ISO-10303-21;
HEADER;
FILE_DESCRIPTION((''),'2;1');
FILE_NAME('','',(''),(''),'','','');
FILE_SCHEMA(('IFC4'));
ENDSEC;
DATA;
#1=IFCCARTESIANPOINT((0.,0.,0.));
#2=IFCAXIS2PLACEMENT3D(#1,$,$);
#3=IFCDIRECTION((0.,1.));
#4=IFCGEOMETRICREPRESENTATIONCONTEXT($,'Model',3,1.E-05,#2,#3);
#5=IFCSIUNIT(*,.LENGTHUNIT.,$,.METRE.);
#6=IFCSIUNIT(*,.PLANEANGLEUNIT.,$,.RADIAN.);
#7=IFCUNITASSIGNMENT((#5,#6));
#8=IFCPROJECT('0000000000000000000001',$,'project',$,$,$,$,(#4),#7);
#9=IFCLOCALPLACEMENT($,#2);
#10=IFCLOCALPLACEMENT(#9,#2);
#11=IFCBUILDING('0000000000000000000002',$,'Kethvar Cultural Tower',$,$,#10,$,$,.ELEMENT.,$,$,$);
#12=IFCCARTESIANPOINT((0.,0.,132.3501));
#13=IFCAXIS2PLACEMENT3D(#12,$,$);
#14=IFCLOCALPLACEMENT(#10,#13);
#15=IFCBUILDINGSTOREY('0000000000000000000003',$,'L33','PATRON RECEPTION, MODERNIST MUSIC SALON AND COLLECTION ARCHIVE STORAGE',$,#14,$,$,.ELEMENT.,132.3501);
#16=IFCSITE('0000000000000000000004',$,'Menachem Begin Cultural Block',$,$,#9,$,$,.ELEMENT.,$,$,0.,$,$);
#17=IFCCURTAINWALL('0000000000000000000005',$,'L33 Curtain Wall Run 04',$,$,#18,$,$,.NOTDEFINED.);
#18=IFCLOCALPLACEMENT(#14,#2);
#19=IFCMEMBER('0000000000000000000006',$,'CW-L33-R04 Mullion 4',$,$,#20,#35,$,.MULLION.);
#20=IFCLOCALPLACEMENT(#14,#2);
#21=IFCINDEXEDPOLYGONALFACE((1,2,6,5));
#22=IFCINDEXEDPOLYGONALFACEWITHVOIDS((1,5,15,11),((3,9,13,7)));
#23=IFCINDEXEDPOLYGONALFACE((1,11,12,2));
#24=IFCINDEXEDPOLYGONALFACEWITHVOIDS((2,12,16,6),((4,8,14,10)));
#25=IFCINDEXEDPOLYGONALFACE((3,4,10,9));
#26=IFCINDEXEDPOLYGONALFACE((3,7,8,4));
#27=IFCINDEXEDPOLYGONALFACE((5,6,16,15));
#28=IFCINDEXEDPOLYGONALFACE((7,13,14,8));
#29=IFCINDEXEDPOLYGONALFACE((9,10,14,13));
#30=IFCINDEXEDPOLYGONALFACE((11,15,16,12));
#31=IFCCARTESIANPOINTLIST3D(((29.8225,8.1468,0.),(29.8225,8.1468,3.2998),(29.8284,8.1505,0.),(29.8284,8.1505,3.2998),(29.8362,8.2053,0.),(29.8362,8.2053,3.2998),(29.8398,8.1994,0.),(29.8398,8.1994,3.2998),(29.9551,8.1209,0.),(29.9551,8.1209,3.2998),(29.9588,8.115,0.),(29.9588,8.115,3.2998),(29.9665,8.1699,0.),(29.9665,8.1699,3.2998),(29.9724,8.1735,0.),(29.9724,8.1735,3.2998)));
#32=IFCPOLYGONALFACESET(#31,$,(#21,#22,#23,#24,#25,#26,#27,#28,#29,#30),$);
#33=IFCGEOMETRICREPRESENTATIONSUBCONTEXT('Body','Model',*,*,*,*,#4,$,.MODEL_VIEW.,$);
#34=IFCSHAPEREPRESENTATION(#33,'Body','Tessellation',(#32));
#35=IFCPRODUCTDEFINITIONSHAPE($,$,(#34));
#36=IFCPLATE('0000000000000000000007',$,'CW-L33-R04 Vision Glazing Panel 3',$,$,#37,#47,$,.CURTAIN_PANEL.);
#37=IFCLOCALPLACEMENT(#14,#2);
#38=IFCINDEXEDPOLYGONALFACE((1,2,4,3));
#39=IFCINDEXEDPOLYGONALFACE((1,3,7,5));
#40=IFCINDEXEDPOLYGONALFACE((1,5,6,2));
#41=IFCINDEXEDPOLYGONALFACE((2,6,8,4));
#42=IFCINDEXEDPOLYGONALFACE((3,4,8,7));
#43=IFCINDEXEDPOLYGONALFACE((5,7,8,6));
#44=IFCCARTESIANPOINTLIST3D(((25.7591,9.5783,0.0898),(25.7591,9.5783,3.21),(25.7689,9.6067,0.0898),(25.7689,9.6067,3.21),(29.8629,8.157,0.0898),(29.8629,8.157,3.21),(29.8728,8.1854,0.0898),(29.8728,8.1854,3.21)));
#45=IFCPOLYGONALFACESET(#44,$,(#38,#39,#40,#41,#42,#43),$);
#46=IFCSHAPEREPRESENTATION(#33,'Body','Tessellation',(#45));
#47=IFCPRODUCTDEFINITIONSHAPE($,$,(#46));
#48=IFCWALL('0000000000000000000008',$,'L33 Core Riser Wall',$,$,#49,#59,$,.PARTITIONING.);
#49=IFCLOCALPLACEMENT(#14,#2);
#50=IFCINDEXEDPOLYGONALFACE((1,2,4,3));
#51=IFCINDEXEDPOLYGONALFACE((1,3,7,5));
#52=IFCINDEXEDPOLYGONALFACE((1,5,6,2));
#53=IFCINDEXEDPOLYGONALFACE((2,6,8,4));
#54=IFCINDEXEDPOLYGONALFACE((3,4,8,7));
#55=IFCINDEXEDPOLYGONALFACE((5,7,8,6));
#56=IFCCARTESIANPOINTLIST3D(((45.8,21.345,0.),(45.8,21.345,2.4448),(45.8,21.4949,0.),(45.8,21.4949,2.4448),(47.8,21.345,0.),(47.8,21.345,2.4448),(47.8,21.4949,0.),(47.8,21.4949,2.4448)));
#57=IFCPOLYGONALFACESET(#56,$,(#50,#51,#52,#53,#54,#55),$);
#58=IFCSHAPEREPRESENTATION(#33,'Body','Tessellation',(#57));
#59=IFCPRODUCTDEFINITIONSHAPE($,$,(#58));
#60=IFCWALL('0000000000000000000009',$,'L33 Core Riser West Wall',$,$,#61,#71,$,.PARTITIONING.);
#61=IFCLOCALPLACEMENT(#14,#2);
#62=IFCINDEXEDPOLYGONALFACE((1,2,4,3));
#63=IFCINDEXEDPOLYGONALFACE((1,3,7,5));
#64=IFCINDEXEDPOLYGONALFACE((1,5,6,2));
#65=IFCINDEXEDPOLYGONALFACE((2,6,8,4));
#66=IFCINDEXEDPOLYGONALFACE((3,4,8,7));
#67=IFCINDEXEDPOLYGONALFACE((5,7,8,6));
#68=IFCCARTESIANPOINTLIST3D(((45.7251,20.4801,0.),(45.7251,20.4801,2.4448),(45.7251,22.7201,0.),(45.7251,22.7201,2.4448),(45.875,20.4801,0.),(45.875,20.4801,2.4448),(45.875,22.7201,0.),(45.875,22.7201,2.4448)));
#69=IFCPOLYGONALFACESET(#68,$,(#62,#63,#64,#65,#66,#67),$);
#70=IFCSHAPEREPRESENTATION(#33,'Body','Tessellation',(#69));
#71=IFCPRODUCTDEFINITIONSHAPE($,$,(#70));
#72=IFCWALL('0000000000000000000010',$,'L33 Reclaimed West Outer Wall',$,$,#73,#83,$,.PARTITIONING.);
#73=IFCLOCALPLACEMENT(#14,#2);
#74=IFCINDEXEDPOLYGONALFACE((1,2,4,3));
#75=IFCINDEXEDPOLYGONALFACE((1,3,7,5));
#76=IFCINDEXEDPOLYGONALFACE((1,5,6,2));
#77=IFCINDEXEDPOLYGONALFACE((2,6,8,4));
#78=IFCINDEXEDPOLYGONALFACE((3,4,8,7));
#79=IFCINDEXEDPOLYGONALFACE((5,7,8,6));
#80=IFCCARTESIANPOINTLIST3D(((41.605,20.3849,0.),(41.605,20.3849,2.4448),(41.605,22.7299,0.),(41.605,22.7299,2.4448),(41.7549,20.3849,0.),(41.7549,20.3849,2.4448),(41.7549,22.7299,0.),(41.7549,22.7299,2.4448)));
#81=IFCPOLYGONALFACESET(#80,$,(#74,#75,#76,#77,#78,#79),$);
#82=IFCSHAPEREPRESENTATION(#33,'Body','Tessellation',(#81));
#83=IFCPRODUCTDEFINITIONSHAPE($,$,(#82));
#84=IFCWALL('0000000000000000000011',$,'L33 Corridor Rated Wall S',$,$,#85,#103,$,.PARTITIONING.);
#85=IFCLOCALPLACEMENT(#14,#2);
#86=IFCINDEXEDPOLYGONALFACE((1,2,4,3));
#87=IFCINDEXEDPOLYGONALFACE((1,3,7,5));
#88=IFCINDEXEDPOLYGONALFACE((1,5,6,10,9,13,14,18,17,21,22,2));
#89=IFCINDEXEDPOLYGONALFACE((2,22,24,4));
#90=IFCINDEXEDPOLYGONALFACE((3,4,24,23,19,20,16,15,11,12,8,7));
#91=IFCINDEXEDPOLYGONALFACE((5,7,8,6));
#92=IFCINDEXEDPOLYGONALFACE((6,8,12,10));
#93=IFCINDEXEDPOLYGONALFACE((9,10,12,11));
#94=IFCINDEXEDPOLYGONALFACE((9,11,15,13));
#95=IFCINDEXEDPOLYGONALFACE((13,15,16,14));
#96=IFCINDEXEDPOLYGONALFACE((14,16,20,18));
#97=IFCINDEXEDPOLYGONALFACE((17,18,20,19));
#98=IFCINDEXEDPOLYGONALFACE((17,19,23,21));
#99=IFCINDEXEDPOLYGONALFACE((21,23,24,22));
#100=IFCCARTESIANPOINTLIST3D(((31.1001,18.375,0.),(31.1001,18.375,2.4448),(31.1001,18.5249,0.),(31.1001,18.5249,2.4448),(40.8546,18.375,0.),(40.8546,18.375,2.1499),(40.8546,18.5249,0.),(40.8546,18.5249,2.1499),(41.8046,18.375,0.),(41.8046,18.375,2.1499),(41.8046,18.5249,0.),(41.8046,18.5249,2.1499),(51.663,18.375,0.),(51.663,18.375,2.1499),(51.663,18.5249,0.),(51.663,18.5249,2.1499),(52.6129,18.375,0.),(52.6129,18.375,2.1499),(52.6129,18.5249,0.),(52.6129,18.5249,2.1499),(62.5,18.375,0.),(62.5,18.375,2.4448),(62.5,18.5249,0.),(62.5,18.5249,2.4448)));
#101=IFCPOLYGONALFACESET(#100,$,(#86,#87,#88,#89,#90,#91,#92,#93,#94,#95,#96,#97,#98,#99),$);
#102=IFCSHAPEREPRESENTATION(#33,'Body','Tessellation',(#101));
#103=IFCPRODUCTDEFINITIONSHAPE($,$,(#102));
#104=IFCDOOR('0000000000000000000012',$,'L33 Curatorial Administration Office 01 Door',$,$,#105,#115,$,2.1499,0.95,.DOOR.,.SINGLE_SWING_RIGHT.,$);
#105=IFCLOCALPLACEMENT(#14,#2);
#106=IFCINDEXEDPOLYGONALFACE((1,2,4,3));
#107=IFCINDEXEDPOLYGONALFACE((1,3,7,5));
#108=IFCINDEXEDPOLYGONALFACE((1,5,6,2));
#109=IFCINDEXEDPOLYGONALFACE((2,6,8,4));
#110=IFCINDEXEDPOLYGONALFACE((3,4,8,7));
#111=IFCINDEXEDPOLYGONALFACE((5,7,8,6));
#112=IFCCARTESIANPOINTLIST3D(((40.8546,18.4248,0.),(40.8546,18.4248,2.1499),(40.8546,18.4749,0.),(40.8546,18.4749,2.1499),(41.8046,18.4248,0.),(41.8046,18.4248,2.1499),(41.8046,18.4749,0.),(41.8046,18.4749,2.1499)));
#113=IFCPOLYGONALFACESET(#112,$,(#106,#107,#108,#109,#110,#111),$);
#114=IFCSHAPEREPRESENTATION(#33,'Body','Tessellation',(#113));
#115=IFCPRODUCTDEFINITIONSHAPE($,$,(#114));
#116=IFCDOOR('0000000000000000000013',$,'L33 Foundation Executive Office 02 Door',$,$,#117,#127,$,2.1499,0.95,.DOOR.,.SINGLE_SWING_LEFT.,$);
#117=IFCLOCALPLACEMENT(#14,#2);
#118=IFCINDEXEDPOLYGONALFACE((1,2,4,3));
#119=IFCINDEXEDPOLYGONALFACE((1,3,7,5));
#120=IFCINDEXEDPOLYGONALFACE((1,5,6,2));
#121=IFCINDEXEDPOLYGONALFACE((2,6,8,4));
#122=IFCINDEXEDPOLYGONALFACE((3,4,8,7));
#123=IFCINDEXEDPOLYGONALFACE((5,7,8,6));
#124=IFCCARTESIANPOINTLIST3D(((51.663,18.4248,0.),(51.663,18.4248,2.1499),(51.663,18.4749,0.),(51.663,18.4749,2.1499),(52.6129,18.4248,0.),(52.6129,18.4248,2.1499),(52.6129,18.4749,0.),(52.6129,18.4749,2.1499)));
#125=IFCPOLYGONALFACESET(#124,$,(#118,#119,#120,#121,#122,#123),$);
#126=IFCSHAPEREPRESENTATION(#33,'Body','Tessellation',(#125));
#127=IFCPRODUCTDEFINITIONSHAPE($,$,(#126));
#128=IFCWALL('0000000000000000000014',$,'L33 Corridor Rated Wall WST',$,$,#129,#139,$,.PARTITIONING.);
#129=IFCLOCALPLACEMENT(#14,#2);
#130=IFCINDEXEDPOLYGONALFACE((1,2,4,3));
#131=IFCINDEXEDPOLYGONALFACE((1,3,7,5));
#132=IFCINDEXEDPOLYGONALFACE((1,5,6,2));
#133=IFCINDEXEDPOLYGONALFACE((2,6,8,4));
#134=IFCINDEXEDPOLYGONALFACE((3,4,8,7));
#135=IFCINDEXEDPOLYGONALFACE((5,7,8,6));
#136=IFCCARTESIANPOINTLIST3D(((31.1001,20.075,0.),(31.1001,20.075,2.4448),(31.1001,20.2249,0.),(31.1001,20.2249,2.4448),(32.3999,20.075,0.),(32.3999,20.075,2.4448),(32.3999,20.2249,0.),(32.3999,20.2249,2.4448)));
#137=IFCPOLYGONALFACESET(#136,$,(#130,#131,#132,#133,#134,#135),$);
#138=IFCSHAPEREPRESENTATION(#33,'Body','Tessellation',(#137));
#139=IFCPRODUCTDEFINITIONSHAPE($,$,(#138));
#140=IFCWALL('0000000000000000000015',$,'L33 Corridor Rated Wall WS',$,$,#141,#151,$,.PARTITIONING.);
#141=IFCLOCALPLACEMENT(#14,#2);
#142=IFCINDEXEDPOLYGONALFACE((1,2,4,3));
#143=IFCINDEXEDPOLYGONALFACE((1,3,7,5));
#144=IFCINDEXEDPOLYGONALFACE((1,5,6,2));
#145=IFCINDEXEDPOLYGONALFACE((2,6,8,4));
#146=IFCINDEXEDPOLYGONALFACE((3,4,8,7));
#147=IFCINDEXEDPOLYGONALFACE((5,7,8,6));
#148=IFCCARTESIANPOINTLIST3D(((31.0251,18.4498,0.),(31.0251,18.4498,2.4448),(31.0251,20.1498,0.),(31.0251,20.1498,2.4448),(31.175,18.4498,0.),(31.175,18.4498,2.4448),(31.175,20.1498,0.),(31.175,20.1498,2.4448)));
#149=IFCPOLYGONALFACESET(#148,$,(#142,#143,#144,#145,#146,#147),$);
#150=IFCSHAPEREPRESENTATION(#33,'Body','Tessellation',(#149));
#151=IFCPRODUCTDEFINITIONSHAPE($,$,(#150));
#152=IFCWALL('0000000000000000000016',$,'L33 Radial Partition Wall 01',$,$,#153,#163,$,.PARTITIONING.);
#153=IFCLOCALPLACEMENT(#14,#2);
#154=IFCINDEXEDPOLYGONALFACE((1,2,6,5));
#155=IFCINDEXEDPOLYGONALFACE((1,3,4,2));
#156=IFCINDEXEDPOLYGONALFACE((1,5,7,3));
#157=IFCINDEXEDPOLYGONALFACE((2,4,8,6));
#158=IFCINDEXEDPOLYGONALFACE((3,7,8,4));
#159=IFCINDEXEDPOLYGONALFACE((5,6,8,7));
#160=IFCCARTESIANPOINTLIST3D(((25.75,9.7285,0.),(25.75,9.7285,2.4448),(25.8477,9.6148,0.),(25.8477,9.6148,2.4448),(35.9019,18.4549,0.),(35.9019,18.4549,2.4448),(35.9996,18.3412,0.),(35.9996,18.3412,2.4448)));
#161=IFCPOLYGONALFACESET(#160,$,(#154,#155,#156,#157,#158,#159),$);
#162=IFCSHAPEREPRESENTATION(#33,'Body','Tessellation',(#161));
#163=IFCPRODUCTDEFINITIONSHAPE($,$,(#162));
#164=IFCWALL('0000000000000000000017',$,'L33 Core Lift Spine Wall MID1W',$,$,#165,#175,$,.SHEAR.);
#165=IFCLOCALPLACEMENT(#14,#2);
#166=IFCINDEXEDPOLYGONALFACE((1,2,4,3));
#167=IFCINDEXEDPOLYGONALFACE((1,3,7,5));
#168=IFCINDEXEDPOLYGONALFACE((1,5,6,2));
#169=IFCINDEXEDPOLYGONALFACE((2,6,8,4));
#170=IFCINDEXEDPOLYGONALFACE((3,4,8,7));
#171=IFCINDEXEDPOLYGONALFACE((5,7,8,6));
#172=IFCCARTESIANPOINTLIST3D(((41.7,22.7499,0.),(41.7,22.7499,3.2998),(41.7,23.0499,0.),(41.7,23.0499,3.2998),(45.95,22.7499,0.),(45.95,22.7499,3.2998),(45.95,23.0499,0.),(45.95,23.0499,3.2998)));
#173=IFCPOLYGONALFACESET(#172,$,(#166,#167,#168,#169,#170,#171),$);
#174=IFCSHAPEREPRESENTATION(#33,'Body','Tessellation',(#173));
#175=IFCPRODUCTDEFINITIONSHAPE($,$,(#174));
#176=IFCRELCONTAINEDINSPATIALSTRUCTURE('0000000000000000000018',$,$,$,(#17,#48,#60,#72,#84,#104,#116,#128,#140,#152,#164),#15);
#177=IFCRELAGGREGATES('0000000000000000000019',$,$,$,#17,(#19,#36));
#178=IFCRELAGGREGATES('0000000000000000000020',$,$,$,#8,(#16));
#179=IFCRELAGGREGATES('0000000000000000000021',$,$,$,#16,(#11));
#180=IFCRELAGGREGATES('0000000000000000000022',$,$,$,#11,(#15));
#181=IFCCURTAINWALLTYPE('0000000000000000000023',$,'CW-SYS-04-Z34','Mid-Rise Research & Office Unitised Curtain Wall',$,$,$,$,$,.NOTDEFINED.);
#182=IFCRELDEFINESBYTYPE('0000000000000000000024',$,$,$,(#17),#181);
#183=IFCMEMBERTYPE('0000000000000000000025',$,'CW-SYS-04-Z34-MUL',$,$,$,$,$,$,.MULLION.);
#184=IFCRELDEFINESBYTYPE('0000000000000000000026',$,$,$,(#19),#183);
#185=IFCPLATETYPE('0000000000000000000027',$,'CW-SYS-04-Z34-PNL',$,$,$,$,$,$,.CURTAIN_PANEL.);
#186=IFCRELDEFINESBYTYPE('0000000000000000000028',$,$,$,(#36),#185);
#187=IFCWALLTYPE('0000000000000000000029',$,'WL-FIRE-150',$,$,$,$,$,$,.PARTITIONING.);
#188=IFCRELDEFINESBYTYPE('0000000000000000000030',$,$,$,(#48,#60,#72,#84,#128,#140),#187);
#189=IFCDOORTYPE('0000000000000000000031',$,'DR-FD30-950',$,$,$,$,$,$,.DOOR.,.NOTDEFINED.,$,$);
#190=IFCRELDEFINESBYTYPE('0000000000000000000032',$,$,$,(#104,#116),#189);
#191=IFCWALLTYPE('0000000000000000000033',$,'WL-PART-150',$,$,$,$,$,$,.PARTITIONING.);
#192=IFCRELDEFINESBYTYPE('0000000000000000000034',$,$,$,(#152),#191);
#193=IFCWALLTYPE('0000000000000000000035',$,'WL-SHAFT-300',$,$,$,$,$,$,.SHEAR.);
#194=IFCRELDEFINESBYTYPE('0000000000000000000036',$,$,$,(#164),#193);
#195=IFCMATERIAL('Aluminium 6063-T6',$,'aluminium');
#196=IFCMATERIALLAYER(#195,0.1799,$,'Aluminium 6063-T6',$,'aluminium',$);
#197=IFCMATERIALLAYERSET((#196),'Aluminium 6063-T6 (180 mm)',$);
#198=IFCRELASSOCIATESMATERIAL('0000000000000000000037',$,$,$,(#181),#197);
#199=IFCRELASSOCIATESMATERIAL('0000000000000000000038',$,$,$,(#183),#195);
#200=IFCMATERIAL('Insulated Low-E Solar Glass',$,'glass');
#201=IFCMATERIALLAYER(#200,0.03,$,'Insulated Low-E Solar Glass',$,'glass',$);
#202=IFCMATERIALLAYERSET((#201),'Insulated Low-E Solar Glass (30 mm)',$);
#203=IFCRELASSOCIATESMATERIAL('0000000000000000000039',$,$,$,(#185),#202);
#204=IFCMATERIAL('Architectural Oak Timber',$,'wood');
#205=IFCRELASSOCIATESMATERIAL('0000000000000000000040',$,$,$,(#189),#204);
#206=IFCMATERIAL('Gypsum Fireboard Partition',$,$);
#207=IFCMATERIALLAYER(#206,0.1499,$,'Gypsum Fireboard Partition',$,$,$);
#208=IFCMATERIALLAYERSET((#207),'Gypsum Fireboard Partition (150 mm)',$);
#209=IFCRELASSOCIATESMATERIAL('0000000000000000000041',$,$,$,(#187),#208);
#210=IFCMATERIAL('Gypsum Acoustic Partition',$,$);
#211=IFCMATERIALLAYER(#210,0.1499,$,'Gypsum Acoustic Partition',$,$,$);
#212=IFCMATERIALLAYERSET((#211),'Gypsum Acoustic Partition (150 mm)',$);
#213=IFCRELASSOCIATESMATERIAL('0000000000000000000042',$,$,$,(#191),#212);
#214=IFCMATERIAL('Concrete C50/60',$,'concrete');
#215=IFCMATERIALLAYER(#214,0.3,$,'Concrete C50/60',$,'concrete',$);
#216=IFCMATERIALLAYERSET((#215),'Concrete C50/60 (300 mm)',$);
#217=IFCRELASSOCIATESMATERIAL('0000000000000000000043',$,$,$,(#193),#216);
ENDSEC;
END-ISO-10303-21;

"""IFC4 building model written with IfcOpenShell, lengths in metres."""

from ifc_helpers import new_model, si_unit, direction, frame, frame_2d, origin, origin_2d, place, context, subcontext, project, spatial, rectangle, hollow_rectangle, extrude, source, transform, mapped, material, layer, layer_set, material_profile, profile_set, type_object, element, fill, aggregate, save


model = new_model("IFC4")

# Units and contexts
model_context = context("Model", 3, precision=1e-05, world=origin(), true_north=direction((0.0, 1.0)))
body_context = subcontext(model_context, "Body", "Model", "MODEL_VIEW")
ifc_project = project(units=[si_unit("LENGTHUNIT", "METRE"), si_unit("PLANEANGLEUNIT", "RADIAN")], contexts=[model_context])

# Site, building, storey
site_placement = place(None, origin())
site = spatial("IfcSite", under=ifc_project, at=site_placement, Name="Menachem Begin Cultural Block", CompositionType="ELEMENT", RefElevation=0.0)
building_placement = place(site_placement, origin())
building = spatial("IfcBuilding", under=site, at=building_placement, Name="Kethvar Cultural Tower", CompositionType="ELEMENT")
storey_placement = place(building_placement, frame((0.0, 0.0, 132.3501)))
storey = spatial("IfcBuildingStorey", under=building, at=storey_placement, Name="L33", Description="PATRON RECEPTION, MODERNIST MUSIC SALON AND COLLECTION ARCHIVE STORAGE", CompositionType="ELEMENT", Elevation=132.3501)

# Curtain wall, member, plate
ifc_material_1 = material(Name="Aluminium 6063-T6", Category="aluminium")
ifc_layer_1 = layer(ifc_material_1, 0.1799, Name="Aluminium 6063-T6", Category="aluminium")
ifc_layer_set_1 = layer_set([ifc_layer_1], Name="Aluminium 6063-T6 (180 mm)")
curtain_wall_type = type_object("IfcCurtainWallType", Name="CW-SYS-04-Z34", Description="Mid-Rise Research & Office Unitised Curtain Wall", PredefinedType="NOTDEFINED", material=ifc_layer_set_1)
curtain_wall_placement = place(storey_placement, origin())
curtain_wall = element("IfcCurtainWall", 1, at=curtain_wall_placement, inside=storey, type_object=curtain_wall_type, Name="L33 Curtain Wall Run 04", PredefinedType="NOTDEFINED")
ifc_material_profile_1 = material_profile(ifc_material_1, hollow_rectangle(XDim=0.0601, YDim=0.1399, WallThickness=0.0049, at=origin_2d()), Name="Aluminium 6063-T6 — RHS140x60x5")
ifc_profile_set_1 = profile_set([ifc_material_profile_1], Name="Aluminium 6063-T6 — RHS140x60x5")
member_type = type_object("IfcMemberType", Name="CW-SYS-04-Z34-MUL", PredefinedType="MULLION", material=ifc_profile_set_1)
shared_shape_1 = source(origin(), body_context, "Body", "SweptSolid", [
    extrude(hollow_rectangle(XDim=0.0601, YDim=0.1399, WallThickness=0.0049, at=origin_2d()), origin(), (0.0, 0.0, 1.0), 3.2998),
])
member_placement = place(storey_placement, frame((29.8975, 8.1602, 0.0), z_axis=(0.0, 0.0, 1.0), x_axis=(0.227212, 0.973845, 0.0)))
member = element("IfcMember", 2, at=member_placement, type_object=member_type, Name="CW-L33-R04 Mullion 4", PredefinedType="MULLION", context=body_context, shape_type="MappedRepresentation", body=[
    mapped(shared_shape_1, transform((0.0, 0.0, 0.0), scale=1.0)),
])
ifc_material_2 = material(Name="Insulated Low-E Solar Glass", Category="glass")
ifc_layer_2 = layer(ifc_material_2, 0.03, Name="Insulated Low-E Solar Glass", Category="glass")
ifc_layer_set_2 = layer_set([ifc_layer_2], Name="Insulated Low-E Solar Glass (30 mm)")
plate_type = type_object("IfcPlateType", Name="CW-SYS-04-Z34-PNL", PredefinedType="CURTAIN_PANEL", material=ifc_layer_set_2)
shared_shape_2 = source(origin(), body_context, "Body", "SweptSolid", [
    extrude(rectangle(XDim=4.343, YDim=0.03, at=origin_2d()), origin(), (0.0, 0.0, 1.0), 3.1201),
])
plate_placement = place(storey_placement, frame((27.8159, 8.8818, 0.0898), z_axis=(0.0, 0.0, 1.0), x_axis=(0.944937, -0.327251, 0.0)))
plate = element("IfcPlate", 3, at=plate_placement, type_object=plate_type, Name="CW-L33-R04 Vision Glazing Panel 3", PredefinedType="CURTAIN_PANEL", context=body_context, shape_type="MappedRepresentation", body=[
    mapped(shared_shape_2, transform((0.0, 0.0, 0.0), scale=1.0)),
])
aggregate(curtain_wall, [member, plate])

# Shared definitions
ifc_material_3 = material(Name="Architectural Oak Timber", Category="wood")
door_type_1 = type_object("IfcDoorType", Name="DR-FD30-950", OperationType="NOTDEFINED", PredefinedType="DOOR", material=ifc_material_3)
shared_shape_3 = source(origin(), body_context, "Body", "SweptSolid", [
    extrude(rectangle(XDim=0.95, YDim=2.1499, at=frame_2d((0.4751, 1.075))), frame((0.0, 0.0249, 0.0), z_axis=(0.0, -1.0, 0.0), x_axis=(1.0, 0.0, 0.0)), (0.0, 0.0, 1.0), 0.05),
])

# Walls
ifc_material_4 = material(Name="Gypsum Fireboard Partition")
ifc_layer_3 = layer(ifc_material_4, 0.1499, Name="Gypsum Fireboard Partition")
ifc_layer_set_3 = layer_set([ifc_layer_3], Name="Gypsum Fireboard Partition (150 mm)")
wall_type_1 = type_object("IfcWallType", Name="WL-FIRE-150", PredefinedType="PARTITIONING", material=ifc_layer_set_3)
wall_1_placement = place(storey_placement, frame((45.8, 21.4199, 0.0), z_axis=(0.0, 0.0, 1.0), x_axis=(1.0, 0.0, 0.0)))
element("IfcWall", 4, at=wall_1_placement, inside=storey, type_object=wall_type_1, Name="L33 Core Riser Wall", PredefinedType="PARTITIONING", context=body_context, shape_type="SweptSolid", body=[
    extrude(rectangle(XDim=2.0, YDim=0.1499, at=frame_2d((1.0, 0.0))), origin(), (0.0, 0.0, 1.0), 2.4448),
])
wall_2_placement = place(storey_placement, frame((45.8, 20.48, 0.0), z_axis=(0.0, 0.0, 1.0), x_axis=(0.0, 1.0, 0.0)))
element("IfcWall", 5, at=wall_2_placement, inside=storey, type_object=wall_type_1, Name="L33 Core Riser West Wall", PredefinedType="PARTITIONING", context=body_context, shape_type="SweptSolid", body=[
    extrude(rectangle(XDim=2.24, YDim=0.1499, at=frame_2d((1.1201, 0.0))), origin(), (0.0, 0.0, 1.0), 2.4448),
])
wall_3_placement = place(storey_placement, frame((41.6799, 20.385, 0.0), z_axis=(0.0, 0.0, 1.0), x_axis=(0.0, 1.0, 0.0)))
element("IfcWall", 6, at=wall_3_placement, inside=storey, type_object=wall_type_1, Name="L33 Reclaimed West Outer Wall", PredefinedType="PARTITIONING", context=body_context, shape_type="SweptSolid", body=[
    extrude(rectangle(XDim=2.345, YDim=0.1499, at=frame_2d((1.1724, 0.0))), origin(), (0.0, 0.0, 1.0), 2.4448),
])

# Wall, openings, doors
wall_4_placement = place(storey_placement, frame((31.1001, 18.45, 0.0), z_axis=(0.0, 0.0, 1.0), x_axis=(1.0, 0.0, 0.0)))
wall_4 = element("IfcWall", 7, at=wall_4_placement, inside=storey, type_object=wall_type_1, Name="L33 Corridor Rated Wall S", PredefinedType="PARTITIONING", context=body_context, shape_type="SweptSolid", body=[
    extrude(rectangle(XDim=31.3999, YDim=0.1499, at=frame_2d((15.7, 0.0))), origin(), (0.0, 0.0, 1.0), 2.4448),
])
opening_1_placement = place(wall_4_placement, frame((9.7544, 0.0, 0.0)))
opening_1 = element("IfcOpeningElement", 8, at=opening_1_placement, cuts=wall_4, PredefinedType="OPENING", context=body_context, shape_type="SweptSolid", body=[
    extrude(rectangle(XDim=0.95, YDim=2.1499, at=frame_2d((0.4751, 1.075))), frame((0.0, 0.085, 0.0), z_axis=(0.0, -1.0, 0.0), x_axis=(1.0, 0.0, 0.0)), (0.0, 0.0, 1.0), 0.1699),
])
opening_2_placement = place(wall_4_placement, frame((20.5627, 0.0, 0.0)))
opening_2 = element("IfcOpeningElement", 9, at=opening_2_placement, cuts=wall_4, PredefinedType="OPENING", context=body_context, shape_type="SweptSolid", body=[
    extrude(rectangle(XDim=0.95, YDim=2.1499, at=frame_2d((0.4751, 1.075))), frame((0.0, 0.085, 0.0), z_axis=(0.0, -1.0, 0.0), x_axis=(1.0, 0.0, 0.0)), (0.0, 0.0, 1.0), 0.1699),
])
door_1_placement = place(opening_1_placement, origin())
door_1 = element("IfcDoor", 10, at=door_1_placement, inside=storey, type_object=door_type_1, Name="L33 Curatorial Administration Office 01 Door", OperationType="SINGLE_SWING_RIGHT", OverallHeight=2.1499, OverallWidth=0.95, PredefinedType="DOOR", context=body_context, shape_type="MappedRepresentation", body=[
    mapped(shared_shape_3, transform((0.0, 0.0, 0.0), scale=1.0)),
])
fill(opening_1, door_1)
door_2_placement = place(opening_2_placement, origin())
door_2 = element("IfcDoor", 11, at=door_2_placement, inside=storey, type_object=door_type_1, Name="L33 Foundation Executive Office 02 Door", OperationType="SINGLE_SWING_LEFT", OverallHeight=2.1499, OverallWidth=0.95, PredefinedType="DOOR", context=body_context, shape_type="MappedRepresentation", body=[
    mapped(shared_shape_3, transform((0.0, 0.0, 0.0), scale=1.0)),
])
fill(opening_2, door_2)

# Walls
wall_5_placement = place(storey_placement, frame((32.3999, 20.1499, 0.0), z_axis=(0.0, 0.0, 1.0), x_axis=(-1.0, 0.0, 0.0)))
element("IfcWall", 12, at=wall_5_placement, inside=storey, type_object=wall_type_1, Name="L33 Corridor Rated Wall WST", PredefinedType="PARTITIONING", context=body_context, shape_type="SweptSolid", body=[
    extrude(rectangle(XDim=1.2998, YDim=0.1499, at=frame_2d((0.6499, 0.0))), origin(), (0.0, 0.0, 1.0), 2.4448),
])
wall_6_placement = place(storey_placement, frame((31.1001, 20.1499, 0.0), z_axis=(0.0, 0.0, 1.0), x_axis=(0.0, -1.0, 0.0)))
element("IfcWall", 13, at=wall_6_placement, inside=storey, type_object=wall_type_1, Name="L33 Corridor Rated Wall WS", PredefinedType="PARTITIONING", context=body_context, shape_type="SweptSolid", body=[
    extrude(rectangle(XDim=1.7, YDim=0.1499, at=frame_2d((0.8501, 0.0))), origin(), (0.0, 0.0, 1.0), 2.4448),
])
ifc_material_5 = material(Name="Gypsum Acoustic Partition")
ifc_layer_4 = layer(ifc_material_5, 0.1499, Name="Gypsum Acoustic Partition")
ifc_layer_set_4 = layer_set([ifc_layer_4], Name="Gypsum Acoustic Partition (150 mm)")
wall_type_2 = type_object("IfcWallType", Name="WL-PART-150", PredefinedType="PARTITIONING", material=ifc_layer_set_4)
wall_7_placement = place(storey_placement, frame((35.9507, 18.3979, 0.0), z_axis=(0.0, 0.0, 1.0), x_axis=(-0.758343, -0.651856, 0.0)))
element("IfcWall", 14, at=wall_7_placement, inside=storey, type_object=wall_type_2, Name="L33 Radial Partition Wall 01", PredefinedType="PARTITIONING", context=body_context, shape_type="SweptSolid", body=[
    extrude(rectangle(XDim=13.387, YDim=0.1499, at=frame_2d((6.6934, 0.0))), origin(), (0.0, 0.0, 1.0), 2.4448),
])
ifc_material_6 = material(Name="Concrete C50/60", Category="concrete")
ifc_layer_5 = layer(ifc_material_6, 0.3, Name="Concrete C50/60", Category="concrete")
ifc_layer_set_5 = layer_set([ifc_layer_5], Name="Concrete C50/60 (300 mm)")
wall_type_3 = type_object("IfcWallType", Name="WL-SHAFT-300", PredefinedType="SHEAR", material=ifc_layer_set_5)
wall_8_placement = place(storey_placement, frame((41.7, 22.8999, 0.0), z_axis=(0.0, 0.0, 1.0), x_axis=(1.0, 0.0, 0.0)))
element("IfcWall", 15, at=wall_8_placement, inside=storey, type_object=wall_type_3, Name="L33 Core Lift Spine Wall MID1W", PredefinedType="SHEAR", context=body_context, shape_type="SweptSolid", body=[
    extrude(rectangle(XDim=4.25, YDim=0.3, at=frame_2d((2.125, 0.0))), origin(), (0.0, 0.0, 1.0), 3.2998),
])

save(model, "model.ifc")
